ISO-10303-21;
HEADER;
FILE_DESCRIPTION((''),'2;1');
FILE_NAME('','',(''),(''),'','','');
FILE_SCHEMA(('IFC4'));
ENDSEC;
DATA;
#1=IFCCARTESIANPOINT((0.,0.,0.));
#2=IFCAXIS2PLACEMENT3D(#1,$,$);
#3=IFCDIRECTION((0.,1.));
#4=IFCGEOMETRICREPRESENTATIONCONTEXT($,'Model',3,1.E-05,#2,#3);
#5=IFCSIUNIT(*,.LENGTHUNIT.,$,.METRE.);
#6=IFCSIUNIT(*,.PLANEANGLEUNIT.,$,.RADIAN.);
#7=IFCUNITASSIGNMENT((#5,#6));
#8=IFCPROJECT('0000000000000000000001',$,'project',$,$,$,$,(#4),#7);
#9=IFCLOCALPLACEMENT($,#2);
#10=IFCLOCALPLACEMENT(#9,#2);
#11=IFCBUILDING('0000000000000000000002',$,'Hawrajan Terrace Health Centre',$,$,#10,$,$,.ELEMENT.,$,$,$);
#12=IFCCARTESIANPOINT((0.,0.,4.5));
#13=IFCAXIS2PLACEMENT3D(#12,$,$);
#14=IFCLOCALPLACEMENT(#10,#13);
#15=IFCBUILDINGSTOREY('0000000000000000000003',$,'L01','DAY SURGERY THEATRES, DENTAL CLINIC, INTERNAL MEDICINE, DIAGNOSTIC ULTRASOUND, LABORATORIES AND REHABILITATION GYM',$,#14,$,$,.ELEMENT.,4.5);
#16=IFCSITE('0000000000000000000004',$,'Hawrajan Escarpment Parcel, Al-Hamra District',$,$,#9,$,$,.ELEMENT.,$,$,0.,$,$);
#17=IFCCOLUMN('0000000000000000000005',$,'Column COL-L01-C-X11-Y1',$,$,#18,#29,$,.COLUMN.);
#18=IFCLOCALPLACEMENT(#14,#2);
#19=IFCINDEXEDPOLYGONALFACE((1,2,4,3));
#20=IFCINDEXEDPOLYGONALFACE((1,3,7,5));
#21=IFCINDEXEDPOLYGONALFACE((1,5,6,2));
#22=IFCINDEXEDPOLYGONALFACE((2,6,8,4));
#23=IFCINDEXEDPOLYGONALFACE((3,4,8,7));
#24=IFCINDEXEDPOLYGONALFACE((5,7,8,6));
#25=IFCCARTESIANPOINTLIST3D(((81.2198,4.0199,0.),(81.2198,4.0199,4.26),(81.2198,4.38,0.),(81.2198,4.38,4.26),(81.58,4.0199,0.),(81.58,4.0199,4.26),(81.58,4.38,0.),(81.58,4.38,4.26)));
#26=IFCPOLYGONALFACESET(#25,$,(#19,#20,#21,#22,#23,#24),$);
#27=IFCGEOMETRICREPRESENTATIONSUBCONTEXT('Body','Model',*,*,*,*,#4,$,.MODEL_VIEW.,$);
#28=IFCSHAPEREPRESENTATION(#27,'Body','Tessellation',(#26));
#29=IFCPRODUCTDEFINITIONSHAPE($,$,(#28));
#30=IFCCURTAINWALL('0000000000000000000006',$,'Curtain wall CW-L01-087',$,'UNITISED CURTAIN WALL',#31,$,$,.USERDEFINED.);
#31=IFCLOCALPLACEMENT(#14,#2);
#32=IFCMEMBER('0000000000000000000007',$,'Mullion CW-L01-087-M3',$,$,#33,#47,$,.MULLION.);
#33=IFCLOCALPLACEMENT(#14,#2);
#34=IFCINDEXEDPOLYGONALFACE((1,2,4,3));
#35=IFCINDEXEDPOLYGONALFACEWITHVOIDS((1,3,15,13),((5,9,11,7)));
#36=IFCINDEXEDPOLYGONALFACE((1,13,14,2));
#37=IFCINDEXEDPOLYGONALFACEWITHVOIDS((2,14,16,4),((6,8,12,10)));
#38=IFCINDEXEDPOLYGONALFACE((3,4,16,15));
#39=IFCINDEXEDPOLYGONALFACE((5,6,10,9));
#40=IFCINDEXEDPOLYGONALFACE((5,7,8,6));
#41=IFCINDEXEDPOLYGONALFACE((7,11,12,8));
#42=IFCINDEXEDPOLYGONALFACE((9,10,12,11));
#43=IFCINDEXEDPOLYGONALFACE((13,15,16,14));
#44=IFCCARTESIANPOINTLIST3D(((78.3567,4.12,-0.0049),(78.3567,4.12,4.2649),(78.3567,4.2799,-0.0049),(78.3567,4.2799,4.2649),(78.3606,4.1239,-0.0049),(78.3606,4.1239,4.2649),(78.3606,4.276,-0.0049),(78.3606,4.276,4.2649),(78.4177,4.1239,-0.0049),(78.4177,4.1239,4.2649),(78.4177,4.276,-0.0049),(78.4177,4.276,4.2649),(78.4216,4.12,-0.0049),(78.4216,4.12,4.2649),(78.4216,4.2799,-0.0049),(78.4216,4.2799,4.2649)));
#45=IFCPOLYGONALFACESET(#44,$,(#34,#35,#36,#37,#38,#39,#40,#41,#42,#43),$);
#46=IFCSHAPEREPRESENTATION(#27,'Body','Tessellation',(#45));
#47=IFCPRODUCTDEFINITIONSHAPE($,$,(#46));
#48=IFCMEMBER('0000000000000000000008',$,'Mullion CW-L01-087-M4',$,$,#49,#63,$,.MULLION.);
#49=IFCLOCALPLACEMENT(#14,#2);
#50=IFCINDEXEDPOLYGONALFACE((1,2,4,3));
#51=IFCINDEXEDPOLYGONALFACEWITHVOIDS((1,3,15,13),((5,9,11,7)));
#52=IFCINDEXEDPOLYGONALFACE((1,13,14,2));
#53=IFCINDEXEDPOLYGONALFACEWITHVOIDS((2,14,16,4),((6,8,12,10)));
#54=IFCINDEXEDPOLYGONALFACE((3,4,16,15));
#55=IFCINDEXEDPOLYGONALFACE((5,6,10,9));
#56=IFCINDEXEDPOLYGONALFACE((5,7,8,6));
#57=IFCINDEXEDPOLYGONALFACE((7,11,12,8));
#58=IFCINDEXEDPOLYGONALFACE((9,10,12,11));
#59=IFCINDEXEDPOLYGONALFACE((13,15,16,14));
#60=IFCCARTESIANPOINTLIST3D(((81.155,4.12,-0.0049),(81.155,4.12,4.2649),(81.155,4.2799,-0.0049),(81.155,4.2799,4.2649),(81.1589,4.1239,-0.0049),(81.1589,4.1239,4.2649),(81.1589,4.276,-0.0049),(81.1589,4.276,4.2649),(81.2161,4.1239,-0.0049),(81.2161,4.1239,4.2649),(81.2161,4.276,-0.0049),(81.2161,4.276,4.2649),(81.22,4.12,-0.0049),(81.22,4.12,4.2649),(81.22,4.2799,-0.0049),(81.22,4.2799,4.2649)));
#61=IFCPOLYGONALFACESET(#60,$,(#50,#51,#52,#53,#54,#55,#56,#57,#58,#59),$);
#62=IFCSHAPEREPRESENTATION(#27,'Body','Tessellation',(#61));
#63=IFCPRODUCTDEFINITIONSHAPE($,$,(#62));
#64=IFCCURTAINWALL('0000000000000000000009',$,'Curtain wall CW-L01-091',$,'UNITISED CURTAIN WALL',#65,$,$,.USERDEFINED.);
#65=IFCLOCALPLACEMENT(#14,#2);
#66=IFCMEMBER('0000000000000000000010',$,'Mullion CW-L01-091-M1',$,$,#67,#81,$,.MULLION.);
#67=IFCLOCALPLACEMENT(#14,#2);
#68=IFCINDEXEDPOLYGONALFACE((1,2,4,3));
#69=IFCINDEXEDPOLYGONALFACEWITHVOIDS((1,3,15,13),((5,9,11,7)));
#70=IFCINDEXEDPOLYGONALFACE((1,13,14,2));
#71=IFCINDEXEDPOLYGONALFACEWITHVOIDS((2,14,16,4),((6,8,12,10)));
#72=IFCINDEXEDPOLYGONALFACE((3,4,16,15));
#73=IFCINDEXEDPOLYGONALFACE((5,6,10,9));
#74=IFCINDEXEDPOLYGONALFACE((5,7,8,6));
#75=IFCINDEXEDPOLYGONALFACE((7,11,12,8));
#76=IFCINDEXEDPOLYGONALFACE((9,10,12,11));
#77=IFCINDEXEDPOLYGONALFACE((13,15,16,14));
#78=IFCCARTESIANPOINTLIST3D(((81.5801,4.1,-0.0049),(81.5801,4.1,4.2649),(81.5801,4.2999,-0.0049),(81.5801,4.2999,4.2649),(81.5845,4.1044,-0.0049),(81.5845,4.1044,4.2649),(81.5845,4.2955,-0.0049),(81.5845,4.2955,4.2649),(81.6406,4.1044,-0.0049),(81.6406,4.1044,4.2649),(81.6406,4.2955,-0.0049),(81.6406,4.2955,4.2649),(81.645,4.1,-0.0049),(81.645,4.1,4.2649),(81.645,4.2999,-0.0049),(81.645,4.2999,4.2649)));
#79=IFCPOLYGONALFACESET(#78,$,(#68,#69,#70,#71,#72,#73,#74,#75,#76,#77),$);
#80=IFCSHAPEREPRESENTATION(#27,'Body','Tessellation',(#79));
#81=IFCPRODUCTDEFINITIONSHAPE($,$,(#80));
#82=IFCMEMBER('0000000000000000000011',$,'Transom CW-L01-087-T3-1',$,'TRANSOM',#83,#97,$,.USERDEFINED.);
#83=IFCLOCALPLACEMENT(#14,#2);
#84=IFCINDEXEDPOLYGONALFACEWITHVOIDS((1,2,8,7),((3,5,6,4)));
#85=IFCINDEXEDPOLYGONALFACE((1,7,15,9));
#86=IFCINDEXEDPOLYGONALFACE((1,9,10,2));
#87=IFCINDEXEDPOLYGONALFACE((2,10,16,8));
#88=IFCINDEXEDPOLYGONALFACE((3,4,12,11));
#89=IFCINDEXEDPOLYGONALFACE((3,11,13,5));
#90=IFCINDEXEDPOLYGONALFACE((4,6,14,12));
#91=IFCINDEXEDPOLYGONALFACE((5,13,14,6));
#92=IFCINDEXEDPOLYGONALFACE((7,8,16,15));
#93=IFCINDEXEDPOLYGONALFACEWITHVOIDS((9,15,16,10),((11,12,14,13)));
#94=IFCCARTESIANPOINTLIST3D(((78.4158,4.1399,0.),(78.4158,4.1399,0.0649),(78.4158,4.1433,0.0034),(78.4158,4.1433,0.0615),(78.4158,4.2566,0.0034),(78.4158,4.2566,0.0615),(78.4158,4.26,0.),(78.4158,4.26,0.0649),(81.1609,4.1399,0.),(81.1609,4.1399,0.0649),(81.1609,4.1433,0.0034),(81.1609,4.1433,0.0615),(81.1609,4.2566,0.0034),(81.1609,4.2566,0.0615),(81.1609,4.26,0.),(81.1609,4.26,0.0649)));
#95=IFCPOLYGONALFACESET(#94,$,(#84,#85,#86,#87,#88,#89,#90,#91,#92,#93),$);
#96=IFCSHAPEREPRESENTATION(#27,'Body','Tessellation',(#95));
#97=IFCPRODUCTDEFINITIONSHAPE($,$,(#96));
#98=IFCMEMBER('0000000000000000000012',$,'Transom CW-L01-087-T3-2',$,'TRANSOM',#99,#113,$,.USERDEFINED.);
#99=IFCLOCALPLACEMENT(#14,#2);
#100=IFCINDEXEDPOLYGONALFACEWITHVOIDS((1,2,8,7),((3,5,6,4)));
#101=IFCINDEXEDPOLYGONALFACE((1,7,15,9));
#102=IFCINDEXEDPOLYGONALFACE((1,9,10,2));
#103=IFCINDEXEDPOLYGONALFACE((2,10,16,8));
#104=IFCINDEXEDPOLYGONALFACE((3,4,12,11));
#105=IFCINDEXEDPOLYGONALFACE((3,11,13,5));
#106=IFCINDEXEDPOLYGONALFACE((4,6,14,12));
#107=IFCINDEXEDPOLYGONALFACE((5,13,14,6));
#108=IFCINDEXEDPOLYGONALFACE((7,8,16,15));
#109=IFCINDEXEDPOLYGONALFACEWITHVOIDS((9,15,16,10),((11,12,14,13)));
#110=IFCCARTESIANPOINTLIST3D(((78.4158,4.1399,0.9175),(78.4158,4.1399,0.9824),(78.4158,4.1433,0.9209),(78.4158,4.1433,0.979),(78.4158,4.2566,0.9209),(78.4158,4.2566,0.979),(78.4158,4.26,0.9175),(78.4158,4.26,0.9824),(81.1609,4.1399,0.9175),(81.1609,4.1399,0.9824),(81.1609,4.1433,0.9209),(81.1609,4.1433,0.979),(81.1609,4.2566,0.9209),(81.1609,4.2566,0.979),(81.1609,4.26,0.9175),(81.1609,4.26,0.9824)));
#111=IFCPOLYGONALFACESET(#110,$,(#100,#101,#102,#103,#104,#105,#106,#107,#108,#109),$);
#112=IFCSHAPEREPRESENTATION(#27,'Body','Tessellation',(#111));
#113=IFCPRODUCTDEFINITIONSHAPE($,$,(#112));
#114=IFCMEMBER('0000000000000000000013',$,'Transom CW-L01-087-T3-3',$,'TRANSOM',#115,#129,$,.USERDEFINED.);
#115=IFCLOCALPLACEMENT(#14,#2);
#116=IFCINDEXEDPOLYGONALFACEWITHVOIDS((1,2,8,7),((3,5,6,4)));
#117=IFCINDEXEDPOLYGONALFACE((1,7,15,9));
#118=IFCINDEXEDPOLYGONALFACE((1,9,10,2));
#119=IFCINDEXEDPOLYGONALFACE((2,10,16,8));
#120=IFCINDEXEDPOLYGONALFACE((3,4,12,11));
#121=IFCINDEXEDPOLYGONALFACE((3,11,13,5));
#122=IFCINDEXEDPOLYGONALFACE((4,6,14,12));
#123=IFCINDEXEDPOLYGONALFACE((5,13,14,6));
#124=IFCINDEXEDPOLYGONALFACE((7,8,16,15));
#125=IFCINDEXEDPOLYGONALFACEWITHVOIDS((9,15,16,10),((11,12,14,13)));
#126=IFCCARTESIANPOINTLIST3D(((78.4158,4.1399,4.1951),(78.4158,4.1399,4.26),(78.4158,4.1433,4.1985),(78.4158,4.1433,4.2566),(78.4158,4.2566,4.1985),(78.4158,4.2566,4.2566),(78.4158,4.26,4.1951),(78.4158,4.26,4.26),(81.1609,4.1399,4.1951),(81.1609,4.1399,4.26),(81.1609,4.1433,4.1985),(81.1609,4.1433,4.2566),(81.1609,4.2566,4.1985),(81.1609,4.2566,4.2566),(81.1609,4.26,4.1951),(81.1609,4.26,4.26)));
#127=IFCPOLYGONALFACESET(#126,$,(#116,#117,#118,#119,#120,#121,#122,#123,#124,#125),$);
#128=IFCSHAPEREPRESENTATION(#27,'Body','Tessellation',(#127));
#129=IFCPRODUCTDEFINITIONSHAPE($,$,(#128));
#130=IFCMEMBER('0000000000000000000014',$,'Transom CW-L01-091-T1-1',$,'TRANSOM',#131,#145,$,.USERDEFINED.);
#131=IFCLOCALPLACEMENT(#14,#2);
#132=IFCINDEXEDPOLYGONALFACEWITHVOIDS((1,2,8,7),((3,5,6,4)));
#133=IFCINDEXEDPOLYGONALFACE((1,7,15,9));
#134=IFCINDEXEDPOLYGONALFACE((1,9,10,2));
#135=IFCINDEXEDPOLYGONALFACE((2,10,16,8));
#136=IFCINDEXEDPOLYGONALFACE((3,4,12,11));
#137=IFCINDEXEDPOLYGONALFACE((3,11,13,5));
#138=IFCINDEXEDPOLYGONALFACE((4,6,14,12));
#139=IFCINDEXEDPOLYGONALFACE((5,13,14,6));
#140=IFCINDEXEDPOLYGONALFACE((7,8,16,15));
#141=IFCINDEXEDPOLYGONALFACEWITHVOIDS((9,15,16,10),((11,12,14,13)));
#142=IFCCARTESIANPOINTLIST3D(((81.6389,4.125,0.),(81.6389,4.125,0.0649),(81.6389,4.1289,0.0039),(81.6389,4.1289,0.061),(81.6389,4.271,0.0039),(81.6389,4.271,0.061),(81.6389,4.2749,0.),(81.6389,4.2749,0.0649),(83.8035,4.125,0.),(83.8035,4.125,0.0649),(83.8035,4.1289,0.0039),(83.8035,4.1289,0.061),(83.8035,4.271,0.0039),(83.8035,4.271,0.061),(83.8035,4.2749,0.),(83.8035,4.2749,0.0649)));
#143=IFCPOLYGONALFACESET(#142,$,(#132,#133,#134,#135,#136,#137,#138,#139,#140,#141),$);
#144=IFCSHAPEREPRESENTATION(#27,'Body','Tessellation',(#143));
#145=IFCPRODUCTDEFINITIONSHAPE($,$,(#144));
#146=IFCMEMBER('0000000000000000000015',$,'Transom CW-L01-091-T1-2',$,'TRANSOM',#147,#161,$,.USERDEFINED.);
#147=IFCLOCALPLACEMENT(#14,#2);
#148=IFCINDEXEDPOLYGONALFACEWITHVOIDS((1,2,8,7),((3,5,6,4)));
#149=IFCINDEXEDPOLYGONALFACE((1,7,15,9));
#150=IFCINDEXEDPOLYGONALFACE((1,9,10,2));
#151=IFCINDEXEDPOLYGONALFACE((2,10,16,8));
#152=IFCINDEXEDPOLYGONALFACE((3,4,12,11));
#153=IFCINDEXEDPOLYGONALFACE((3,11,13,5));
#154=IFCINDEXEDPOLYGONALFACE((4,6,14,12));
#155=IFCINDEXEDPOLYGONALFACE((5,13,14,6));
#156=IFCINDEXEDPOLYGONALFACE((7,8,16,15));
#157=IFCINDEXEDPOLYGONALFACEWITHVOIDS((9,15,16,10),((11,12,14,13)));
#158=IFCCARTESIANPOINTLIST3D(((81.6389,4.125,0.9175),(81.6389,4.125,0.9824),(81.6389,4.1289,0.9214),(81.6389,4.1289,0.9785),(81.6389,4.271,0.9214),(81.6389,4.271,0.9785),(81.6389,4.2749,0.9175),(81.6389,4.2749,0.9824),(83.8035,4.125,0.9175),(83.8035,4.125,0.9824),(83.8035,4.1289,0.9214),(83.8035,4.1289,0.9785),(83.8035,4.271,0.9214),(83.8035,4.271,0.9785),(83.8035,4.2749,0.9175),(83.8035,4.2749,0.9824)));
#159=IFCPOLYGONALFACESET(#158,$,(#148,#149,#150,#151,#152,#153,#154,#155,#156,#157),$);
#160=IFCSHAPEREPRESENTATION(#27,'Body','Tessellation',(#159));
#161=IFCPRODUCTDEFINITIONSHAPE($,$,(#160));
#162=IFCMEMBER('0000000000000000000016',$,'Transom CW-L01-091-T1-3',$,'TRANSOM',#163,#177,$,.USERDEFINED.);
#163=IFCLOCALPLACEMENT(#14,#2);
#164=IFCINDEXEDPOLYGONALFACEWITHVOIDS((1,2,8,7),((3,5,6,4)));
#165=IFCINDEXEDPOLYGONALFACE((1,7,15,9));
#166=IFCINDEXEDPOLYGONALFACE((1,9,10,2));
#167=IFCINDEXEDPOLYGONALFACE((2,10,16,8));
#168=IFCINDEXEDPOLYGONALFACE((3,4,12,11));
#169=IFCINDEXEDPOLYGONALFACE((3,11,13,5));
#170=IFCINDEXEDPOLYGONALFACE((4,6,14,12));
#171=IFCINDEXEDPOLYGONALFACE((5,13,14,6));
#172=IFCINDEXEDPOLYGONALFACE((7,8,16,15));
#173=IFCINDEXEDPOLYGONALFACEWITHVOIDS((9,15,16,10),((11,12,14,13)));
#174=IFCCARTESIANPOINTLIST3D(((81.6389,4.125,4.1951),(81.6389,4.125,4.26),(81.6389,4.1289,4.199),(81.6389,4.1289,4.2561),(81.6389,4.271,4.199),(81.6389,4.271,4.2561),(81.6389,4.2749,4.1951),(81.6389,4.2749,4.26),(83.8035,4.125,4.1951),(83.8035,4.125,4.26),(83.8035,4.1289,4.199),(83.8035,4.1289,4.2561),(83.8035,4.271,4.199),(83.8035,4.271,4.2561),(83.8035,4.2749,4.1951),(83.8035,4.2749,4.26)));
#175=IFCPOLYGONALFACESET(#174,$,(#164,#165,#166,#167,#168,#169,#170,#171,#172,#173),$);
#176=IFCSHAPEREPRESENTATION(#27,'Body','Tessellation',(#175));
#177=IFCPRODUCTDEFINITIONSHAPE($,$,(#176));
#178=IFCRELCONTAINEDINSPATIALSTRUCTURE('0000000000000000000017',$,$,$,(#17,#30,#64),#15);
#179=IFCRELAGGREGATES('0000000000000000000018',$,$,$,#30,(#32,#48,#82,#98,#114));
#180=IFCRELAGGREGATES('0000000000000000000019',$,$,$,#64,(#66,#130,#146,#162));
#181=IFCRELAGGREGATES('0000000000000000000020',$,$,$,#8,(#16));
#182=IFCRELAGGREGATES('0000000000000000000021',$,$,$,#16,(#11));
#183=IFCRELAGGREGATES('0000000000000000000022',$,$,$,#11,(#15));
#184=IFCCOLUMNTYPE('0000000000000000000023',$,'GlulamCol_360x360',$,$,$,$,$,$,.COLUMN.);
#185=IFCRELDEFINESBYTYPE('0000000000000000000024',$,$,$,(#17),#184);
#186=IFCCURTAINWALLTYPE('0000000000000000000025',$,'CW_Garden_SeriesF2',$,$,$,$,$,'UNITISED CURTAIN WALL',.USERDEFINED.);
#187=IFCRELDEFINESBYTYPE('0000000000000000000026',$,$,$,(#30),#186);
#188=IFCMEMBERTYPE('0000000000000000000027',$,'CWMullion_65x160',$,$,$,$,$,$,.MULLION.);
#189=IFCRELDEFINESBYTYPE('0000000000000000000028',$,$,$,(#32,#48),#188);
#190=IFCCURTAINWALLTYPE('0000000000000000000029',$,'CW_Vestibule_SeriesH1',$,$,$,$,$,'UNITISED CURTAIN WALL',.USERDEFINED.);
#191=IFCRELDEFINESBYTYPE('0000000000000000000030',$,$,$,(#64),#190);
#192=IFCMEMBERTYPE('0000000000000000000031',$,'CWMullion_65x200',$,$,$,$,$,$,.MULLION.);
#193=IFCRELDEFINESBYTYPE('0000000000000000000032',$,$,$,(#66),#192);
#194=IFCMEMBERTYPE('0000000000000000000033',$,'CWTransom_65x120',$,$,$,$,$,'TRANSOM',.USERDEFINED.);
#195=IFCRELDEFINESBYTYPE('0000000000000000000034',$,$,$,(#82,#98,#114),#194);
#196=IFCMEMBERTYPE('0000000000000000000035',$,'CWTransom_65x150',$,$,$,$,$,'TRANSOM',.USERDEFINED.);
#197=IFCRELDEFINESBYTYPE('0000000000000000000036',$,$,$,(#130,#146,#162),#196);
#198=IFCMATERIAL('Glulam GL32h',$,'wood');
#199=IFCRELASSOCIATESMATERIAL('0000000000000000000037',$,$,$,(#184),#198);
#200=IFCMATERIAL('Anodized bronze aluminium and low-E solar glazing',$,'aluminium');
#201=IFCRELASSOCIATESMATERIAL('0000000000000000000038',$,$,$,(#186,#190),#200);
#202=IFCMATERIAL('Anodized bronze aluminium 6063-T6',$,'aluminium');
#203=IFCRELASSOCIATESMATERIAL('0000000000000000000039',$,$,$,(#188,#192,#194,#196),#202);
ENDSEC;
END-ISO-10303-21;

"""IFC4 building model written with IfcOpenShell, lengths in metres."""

from ifc_helpers import new_model, si_unit, direction, frame, origin, origin_2d, place, context, subcontext, project, spatial, rectangle, hollow_rectangle, extrude, material, material_profile, profile_set, type_object, element, aggregate, save


model = new_model("IFC4")

# Units and contexts
model_context = context("Model", 3, precision=1e-05, world=origin(), true_north=direction((0.0, 1.0)))
body_context = subcontext(model_context, "Body", "Model", "MODEL_VIEW")
ifc_project = project(units=[si_unit("LENGTHUNIT", "METRE"), si_unit("PLANEANGLEUNIT", "RADIAN")], contexts=[model_context])

# Site, building, storey
site_placement = place(None, origin())
site = spatial("IfcSite", under=ifc_project, at=site_placement, Name="Hawrajan Escarpment Parcel, Al-Hamra District", CompositionType="ELEMENT", RefElevation=0.0)
building_placement = place(site_placement, origin())
building = spatial("IfcBuilding", under=site, at=building_placement, Name="Hawrajan Terrace Health Centre", CompositionType="ELEMENT")
storey_placement = place(building_placement, frame((0.0, 0.0, 4.5)))
storey = spatial("IfcBuildingStorey", under=building, at=storey_placement, Name="L01", Description="DAY SURGERY THEATRES, DENTAL CLINIC, INTERNAL MEDICINE, DIAGNOSTIC ULTRASOUND, LABORATORIES AND REHABILITATION GYM", CompositionType="ELEMENT", Elevation=4.5)

# Column
ifc_material_1 = material(Name="Glulam GL32h", Category="wood")
ifc_material_profile_1 = material_profile(ifc_material_1, rectangle(XDim=0.3601, YDim=0.3601, at=origin_2d()), Name="GL 360x360")
ifc_profile_set_1 = profile_set([ifc_material_profile_1], Name="Glulam GL32h")
column_type = type_object("IfcColumnType", Name="GlulamCol_360x360", PredefinedType="COLUMN", material=ifc_profile_set_1)
column_placement = place(storey_placement, frame((81.3999, 4.2, 0.0), z_axis=(0.0, 0.0, 1.0), x_axis=(1.0, 0.0, 0.0)))
element("IfcColumn", 1, at=column_placement, inside=storey, type_object=column_type, Name="Column COL-L01-C-X11-Y1", PredefinedType="COLUMN", context=body_context, shape_type="SweptSolid", body=[
    extrude(rectangle(XDim=0.3601, YDim=0.3601, at=origin_2d()), origin(), (0.0, 0.0, 1.0), 4.26),
])

# Curtain wall, members
ifc_material_2 = material(Name="Anodized bronze aluminium and low-E solar glazing", Category="aluminium")
curtain_wall_type_1 = type_object("IfcCurtainWallType", Name="CW_Garden_SeriesF2", ElementType="UNITISED CURTAIN WALL", PredefinedType="USERDEFINED", material=ifc_material_2)
curtain_wall_1_placement = place(storey_placement, origin())
curtain_wall_1 = element("IfcCurtainWall", 2, at=curtain_wall_1_placement, inside=storey, type_object=curtain_wall_type_1, Name="Curtain wall CW-L01-087", ObjectType="UNITISED CURTAIN WALL", PredefinedType="USERDEFINED")
ifc_material_3 = material(Name="Anodized bronze aluminium 6063-T6", Category="aluminium")
ifc_material_profile_2 = material_profile(ifc_material_3, hollow_rectangle(XDim=0.0649, YDim=0.1599, WallThickness=0.0039, at=origin_2d()), Name="CW MUL 65x160")
ifc_profile_set_2 = profile_set([ifc_material_profile_2], Name="Anodized bronze aluminium 6063-T6")
member_type_1 = type_object("IfcMemberType", Name="CWMullion_65x160", PredefinedType="MULLION", material=ifc_profile_set_2)
member_1_placement = place(storey_placement, frame((78.3892, 4.2, -0.0049), z_axis=(0.0, 0.0, 1.0), x_axis=(1.0, 0.0, 0.0)))
member_1 = element("IfcMember", 3, at=member_1_placement, type_object=member_type_1, Name="Mullion CW-L01-087-M3", PredefinedType="MULLION", context=body_context, shape_type="SweptSolid", body=[
    extrude(hollow_rectangle(XDim=0.0649, YDim=0.1599, WallThickness=0.0039, at=origin_2d()), origin(), (0.0, 0.0, 1.0), 4.2698),
])
member_2_placement = place(storey_placement, frame((81.1875, 4.2, -0.0049), z_axis=(0.0, 0.0, 1.0), x_axis=(1.0, 0.0, 0.0)))
member_2 = element("IfcMember", 4, at=member_2_placement, type_object=member_type_1, Name="Mullion CW-L01-087-M4", PredefinedType="MULLION", context=body_context, shape_type="SweptSolid", body=[
    extrude(hollow_rectangle(XDim=0.0649, YDim=0.1599, WallThickness=0.0039, at=origin_2d()), origin(), (0.0, 0.0, 1.0), 4.2698),
])

# Curtain wall, member
curtain_wall_type_2 = type_object("IfcCurtainWallType", Name="CW_Vestibule_SeriesH1", ElementType="UNITISED CURTAIN WALL", PredefinedType="USERDEFINED", material=ifc_material_2)
curtain_wall_2_placement = place(storey_placement, origin())
curtain_wall_2 = element("IfcCurtainWall", 5, at=curtain_wall_2_placement, inside=storey, type_object=curtain_wall_type_2, Name="Curtain wall CW-L01-091", ObjectType="UNITISED CURTAIN WALL", PredefinedType="USERDEFINED")
ifc_material_profile_3 = material_profile(ifc_material_3, hollow_rectangle(XDim=0.0649, YDim=0.2, WallThickness=0.0044, at=origin_2d()), Name="CW MUL 65x200")
ifc_profile_set_3 = profile_set([ifc_material_profile_3], Name="Anodized bronze aluminium 6063-T6")
member_type_2 = type_object("IfcMemberType", Name="CWMullion_65x200", PredefinedType="MULLION", material=ifc_profile_set_3)
member_3_placement = place(storey_placement, frame((81.6125, 4.2, -0.0049), z_axis=(0.0, 0.0, 1.0), x_axis=(1.0, 0.0, 0.0)))
member_3 = element("IfcMember", 6, at=member_3_placement, type_object=member_type_2, Name="Mullion CW-L01-091-M1", PredefinedType="MULLION", context=body_context, shape_type="SweptSolid", body=[
    extrude(hollow_rectangle(XDim=0.0649, YDim=0.2, WallThickness=0.0044, at=origin_2d()), origin(), (0.0, 0.0, 1.0), 4.2698),
])

# Members
ifc_material_profile_4 = material_profile(ifc_material_3, hollow_rectangle(XDim=0.0649, YDim=0.1201, WallThickness=0.0034, at=origin_2d()), Name="CW TRN 65x120")
ifc_profile_set_4 = profile_set([ifc_material_profile_4], Name="Anodized bronze aluminium 6063-T6")
member_type_3 = type_object("IfcMemberType", Name="CWTransom_65x120", ElementType="TRANSOM", PredefinedType="USERDEFINED", material=ifc_profile_set_4)
member_4_placement = place(storey_placement, frame((78.4158, 4.2, 0.0325), z_axis=(1.0, 0.0, 0.0), x_axis=(0.0, 0.0, 1.0)))
member_4 = element("IfcMember", 7, at=member_4_placement, type_object=member_type_3, Name="Transom CW-L01-087-T3-1", ObjectType="TRANSOM", PredefinedType="USERDEFINED", context=body_context, shape_type="SweptSolid", body=[
    extrude(hollow_rectangle(XDim=0.0649, YDim=0.1201, WallThickness=0.0034, at=origin_2d()), origin(), (0.0, 0.0, 1.0), 2.7451),
])
member_5_placement = place(storey_placement, frame((78.4158, 4.2, 0.95), z_axis=(1.0, 0.0, 0.0), x_axis=(0.0, 0.0, 1.0)))
member_5 = element("IfcMember", 8, at=member_5_placement, type_object=member_type_3, Name="Transom CW-L01-087-T3-2", ObjectType="TRANSOM", PredefinedType="USERDEFINED", context=body_context, shape_type="SweptSolid", body=[
    extrude(hollow_rectangle(XDim=0.0649, YDim=0.1201, WallThickness=0.0034, at=origin_2d()), origin(), (0.0, 0.0, 1.0), 2.7451),
])
member_6_placement = place(storey_placement, frame((78.4158, 4.2, 4.2275), z_axis=(1.0, 0.0, 0.0), x_axis=(0.0, 0.0, 1.0)))
member_6 = element("IfcMember", 9, at=member_6_placement, type_object=member_type_3, Name="Transom CW-L01-087-T3-3", ObjectType="TRANSOM", PredefinedType="USERDEFINED", context=body_context, shape_type="SweptSolid", body=[
    extrude(hollow_rectangle(XDim=0.0649, YDim=0.1201, WallThickness=0.0034, at=origin_2d()), origin(), (0.0, 0.0, 1.0), 2.7451),
])
ifc_material_profile_5 = material_profile(ifc_material_3, hollow_rectangle(XDim=0.0649, YDim=0.1499, WallThickness=0.0039, at=origin_2d()), Name="CW TRN 65x150")
ifc_profile_set_5 = profile_set([ifc_material_profile_5], Name="Anodized bronze aluminium 6063-T6")
member_type_4 = type_object("IfcMemberType", Name="CWTransom_65x150", ElementType="TRANSOM", PredefinedType="USERDEFINED", material=ifc_profile_set_5)
member_7_placement = place(storey_placement, frame((81.6389, 4.2, 0.0325), z_axis=(1.0, 0.0, 0.0), x_axis=(0.0, 0.0, 1.0)))
member_7 = element("IfcMember", 10, at=member_7_placement, type_object=member_type_4, Name="Transom CW-L01-091-T1-1", ObjectType="TRANSOM", PredefinedType="USERDEFINED", context=body_context, shape_type="SweptSolid", body=[
    extrude(hollow_rectangle(XDim=0.0649, YDim=0.1499, WallThickness=0.0039, at=origin_2d()), origin(), (0.0, 0.0, 1.0), 2.1646),
])
member_8_placement = place(storey_placement, frame((81.6389, 4.2, 0.95), z_axis=(1.0, 0.0, 0.0), x_axis=(0.0, 0.0, 1.0)))
member_8 = element("IfcMember", 11, at=member_8_placement, type_object=member_type_4, Name="Transom CW-L01-091-T1-2", ObjectType="TRANSOM", PredefinedType="USERDEFINED", context=body_context, shape_type="SweptSolid", body=[
    extrude(hollow_rectangle(XDim=0.0649, YDim=0.1499, WallThickness=0.0039, at=origin_2d()), origin(), (0.0, 0.0, 1.0), 2.1646),
])
member_9_placement = place(storey_placement, frame((81.6389, 4.2, 4.2275), z_axis=(1.0, 0.0, 0.0), x_axis=(0.0, 0.0, 1.0)))
member_9 = element("IfcMember", 12, at=member_9_placement, type_object=member_type_4, Name="Transom CW-L01-091-T1-3", ObjectType="TRANSOM", PredefinedType="USERDEFINED", context=body_context, shape_type="SweptSolid", body=[
    extrude(hollow_rectangle(XDim=0.0649, YDim=0.1499, WallThickness=0.0039, at=origin_2d()), origin(), (0.0, 0.0, 1.0), 2.1646),
])

aggregate(curtain_wall_1, [member_1, member_2, member_4, member_5, member_6])
aggregate(curtain_wall_2, [member_3, member_7, member_8, member_9])

save(model, "model.ifc")
